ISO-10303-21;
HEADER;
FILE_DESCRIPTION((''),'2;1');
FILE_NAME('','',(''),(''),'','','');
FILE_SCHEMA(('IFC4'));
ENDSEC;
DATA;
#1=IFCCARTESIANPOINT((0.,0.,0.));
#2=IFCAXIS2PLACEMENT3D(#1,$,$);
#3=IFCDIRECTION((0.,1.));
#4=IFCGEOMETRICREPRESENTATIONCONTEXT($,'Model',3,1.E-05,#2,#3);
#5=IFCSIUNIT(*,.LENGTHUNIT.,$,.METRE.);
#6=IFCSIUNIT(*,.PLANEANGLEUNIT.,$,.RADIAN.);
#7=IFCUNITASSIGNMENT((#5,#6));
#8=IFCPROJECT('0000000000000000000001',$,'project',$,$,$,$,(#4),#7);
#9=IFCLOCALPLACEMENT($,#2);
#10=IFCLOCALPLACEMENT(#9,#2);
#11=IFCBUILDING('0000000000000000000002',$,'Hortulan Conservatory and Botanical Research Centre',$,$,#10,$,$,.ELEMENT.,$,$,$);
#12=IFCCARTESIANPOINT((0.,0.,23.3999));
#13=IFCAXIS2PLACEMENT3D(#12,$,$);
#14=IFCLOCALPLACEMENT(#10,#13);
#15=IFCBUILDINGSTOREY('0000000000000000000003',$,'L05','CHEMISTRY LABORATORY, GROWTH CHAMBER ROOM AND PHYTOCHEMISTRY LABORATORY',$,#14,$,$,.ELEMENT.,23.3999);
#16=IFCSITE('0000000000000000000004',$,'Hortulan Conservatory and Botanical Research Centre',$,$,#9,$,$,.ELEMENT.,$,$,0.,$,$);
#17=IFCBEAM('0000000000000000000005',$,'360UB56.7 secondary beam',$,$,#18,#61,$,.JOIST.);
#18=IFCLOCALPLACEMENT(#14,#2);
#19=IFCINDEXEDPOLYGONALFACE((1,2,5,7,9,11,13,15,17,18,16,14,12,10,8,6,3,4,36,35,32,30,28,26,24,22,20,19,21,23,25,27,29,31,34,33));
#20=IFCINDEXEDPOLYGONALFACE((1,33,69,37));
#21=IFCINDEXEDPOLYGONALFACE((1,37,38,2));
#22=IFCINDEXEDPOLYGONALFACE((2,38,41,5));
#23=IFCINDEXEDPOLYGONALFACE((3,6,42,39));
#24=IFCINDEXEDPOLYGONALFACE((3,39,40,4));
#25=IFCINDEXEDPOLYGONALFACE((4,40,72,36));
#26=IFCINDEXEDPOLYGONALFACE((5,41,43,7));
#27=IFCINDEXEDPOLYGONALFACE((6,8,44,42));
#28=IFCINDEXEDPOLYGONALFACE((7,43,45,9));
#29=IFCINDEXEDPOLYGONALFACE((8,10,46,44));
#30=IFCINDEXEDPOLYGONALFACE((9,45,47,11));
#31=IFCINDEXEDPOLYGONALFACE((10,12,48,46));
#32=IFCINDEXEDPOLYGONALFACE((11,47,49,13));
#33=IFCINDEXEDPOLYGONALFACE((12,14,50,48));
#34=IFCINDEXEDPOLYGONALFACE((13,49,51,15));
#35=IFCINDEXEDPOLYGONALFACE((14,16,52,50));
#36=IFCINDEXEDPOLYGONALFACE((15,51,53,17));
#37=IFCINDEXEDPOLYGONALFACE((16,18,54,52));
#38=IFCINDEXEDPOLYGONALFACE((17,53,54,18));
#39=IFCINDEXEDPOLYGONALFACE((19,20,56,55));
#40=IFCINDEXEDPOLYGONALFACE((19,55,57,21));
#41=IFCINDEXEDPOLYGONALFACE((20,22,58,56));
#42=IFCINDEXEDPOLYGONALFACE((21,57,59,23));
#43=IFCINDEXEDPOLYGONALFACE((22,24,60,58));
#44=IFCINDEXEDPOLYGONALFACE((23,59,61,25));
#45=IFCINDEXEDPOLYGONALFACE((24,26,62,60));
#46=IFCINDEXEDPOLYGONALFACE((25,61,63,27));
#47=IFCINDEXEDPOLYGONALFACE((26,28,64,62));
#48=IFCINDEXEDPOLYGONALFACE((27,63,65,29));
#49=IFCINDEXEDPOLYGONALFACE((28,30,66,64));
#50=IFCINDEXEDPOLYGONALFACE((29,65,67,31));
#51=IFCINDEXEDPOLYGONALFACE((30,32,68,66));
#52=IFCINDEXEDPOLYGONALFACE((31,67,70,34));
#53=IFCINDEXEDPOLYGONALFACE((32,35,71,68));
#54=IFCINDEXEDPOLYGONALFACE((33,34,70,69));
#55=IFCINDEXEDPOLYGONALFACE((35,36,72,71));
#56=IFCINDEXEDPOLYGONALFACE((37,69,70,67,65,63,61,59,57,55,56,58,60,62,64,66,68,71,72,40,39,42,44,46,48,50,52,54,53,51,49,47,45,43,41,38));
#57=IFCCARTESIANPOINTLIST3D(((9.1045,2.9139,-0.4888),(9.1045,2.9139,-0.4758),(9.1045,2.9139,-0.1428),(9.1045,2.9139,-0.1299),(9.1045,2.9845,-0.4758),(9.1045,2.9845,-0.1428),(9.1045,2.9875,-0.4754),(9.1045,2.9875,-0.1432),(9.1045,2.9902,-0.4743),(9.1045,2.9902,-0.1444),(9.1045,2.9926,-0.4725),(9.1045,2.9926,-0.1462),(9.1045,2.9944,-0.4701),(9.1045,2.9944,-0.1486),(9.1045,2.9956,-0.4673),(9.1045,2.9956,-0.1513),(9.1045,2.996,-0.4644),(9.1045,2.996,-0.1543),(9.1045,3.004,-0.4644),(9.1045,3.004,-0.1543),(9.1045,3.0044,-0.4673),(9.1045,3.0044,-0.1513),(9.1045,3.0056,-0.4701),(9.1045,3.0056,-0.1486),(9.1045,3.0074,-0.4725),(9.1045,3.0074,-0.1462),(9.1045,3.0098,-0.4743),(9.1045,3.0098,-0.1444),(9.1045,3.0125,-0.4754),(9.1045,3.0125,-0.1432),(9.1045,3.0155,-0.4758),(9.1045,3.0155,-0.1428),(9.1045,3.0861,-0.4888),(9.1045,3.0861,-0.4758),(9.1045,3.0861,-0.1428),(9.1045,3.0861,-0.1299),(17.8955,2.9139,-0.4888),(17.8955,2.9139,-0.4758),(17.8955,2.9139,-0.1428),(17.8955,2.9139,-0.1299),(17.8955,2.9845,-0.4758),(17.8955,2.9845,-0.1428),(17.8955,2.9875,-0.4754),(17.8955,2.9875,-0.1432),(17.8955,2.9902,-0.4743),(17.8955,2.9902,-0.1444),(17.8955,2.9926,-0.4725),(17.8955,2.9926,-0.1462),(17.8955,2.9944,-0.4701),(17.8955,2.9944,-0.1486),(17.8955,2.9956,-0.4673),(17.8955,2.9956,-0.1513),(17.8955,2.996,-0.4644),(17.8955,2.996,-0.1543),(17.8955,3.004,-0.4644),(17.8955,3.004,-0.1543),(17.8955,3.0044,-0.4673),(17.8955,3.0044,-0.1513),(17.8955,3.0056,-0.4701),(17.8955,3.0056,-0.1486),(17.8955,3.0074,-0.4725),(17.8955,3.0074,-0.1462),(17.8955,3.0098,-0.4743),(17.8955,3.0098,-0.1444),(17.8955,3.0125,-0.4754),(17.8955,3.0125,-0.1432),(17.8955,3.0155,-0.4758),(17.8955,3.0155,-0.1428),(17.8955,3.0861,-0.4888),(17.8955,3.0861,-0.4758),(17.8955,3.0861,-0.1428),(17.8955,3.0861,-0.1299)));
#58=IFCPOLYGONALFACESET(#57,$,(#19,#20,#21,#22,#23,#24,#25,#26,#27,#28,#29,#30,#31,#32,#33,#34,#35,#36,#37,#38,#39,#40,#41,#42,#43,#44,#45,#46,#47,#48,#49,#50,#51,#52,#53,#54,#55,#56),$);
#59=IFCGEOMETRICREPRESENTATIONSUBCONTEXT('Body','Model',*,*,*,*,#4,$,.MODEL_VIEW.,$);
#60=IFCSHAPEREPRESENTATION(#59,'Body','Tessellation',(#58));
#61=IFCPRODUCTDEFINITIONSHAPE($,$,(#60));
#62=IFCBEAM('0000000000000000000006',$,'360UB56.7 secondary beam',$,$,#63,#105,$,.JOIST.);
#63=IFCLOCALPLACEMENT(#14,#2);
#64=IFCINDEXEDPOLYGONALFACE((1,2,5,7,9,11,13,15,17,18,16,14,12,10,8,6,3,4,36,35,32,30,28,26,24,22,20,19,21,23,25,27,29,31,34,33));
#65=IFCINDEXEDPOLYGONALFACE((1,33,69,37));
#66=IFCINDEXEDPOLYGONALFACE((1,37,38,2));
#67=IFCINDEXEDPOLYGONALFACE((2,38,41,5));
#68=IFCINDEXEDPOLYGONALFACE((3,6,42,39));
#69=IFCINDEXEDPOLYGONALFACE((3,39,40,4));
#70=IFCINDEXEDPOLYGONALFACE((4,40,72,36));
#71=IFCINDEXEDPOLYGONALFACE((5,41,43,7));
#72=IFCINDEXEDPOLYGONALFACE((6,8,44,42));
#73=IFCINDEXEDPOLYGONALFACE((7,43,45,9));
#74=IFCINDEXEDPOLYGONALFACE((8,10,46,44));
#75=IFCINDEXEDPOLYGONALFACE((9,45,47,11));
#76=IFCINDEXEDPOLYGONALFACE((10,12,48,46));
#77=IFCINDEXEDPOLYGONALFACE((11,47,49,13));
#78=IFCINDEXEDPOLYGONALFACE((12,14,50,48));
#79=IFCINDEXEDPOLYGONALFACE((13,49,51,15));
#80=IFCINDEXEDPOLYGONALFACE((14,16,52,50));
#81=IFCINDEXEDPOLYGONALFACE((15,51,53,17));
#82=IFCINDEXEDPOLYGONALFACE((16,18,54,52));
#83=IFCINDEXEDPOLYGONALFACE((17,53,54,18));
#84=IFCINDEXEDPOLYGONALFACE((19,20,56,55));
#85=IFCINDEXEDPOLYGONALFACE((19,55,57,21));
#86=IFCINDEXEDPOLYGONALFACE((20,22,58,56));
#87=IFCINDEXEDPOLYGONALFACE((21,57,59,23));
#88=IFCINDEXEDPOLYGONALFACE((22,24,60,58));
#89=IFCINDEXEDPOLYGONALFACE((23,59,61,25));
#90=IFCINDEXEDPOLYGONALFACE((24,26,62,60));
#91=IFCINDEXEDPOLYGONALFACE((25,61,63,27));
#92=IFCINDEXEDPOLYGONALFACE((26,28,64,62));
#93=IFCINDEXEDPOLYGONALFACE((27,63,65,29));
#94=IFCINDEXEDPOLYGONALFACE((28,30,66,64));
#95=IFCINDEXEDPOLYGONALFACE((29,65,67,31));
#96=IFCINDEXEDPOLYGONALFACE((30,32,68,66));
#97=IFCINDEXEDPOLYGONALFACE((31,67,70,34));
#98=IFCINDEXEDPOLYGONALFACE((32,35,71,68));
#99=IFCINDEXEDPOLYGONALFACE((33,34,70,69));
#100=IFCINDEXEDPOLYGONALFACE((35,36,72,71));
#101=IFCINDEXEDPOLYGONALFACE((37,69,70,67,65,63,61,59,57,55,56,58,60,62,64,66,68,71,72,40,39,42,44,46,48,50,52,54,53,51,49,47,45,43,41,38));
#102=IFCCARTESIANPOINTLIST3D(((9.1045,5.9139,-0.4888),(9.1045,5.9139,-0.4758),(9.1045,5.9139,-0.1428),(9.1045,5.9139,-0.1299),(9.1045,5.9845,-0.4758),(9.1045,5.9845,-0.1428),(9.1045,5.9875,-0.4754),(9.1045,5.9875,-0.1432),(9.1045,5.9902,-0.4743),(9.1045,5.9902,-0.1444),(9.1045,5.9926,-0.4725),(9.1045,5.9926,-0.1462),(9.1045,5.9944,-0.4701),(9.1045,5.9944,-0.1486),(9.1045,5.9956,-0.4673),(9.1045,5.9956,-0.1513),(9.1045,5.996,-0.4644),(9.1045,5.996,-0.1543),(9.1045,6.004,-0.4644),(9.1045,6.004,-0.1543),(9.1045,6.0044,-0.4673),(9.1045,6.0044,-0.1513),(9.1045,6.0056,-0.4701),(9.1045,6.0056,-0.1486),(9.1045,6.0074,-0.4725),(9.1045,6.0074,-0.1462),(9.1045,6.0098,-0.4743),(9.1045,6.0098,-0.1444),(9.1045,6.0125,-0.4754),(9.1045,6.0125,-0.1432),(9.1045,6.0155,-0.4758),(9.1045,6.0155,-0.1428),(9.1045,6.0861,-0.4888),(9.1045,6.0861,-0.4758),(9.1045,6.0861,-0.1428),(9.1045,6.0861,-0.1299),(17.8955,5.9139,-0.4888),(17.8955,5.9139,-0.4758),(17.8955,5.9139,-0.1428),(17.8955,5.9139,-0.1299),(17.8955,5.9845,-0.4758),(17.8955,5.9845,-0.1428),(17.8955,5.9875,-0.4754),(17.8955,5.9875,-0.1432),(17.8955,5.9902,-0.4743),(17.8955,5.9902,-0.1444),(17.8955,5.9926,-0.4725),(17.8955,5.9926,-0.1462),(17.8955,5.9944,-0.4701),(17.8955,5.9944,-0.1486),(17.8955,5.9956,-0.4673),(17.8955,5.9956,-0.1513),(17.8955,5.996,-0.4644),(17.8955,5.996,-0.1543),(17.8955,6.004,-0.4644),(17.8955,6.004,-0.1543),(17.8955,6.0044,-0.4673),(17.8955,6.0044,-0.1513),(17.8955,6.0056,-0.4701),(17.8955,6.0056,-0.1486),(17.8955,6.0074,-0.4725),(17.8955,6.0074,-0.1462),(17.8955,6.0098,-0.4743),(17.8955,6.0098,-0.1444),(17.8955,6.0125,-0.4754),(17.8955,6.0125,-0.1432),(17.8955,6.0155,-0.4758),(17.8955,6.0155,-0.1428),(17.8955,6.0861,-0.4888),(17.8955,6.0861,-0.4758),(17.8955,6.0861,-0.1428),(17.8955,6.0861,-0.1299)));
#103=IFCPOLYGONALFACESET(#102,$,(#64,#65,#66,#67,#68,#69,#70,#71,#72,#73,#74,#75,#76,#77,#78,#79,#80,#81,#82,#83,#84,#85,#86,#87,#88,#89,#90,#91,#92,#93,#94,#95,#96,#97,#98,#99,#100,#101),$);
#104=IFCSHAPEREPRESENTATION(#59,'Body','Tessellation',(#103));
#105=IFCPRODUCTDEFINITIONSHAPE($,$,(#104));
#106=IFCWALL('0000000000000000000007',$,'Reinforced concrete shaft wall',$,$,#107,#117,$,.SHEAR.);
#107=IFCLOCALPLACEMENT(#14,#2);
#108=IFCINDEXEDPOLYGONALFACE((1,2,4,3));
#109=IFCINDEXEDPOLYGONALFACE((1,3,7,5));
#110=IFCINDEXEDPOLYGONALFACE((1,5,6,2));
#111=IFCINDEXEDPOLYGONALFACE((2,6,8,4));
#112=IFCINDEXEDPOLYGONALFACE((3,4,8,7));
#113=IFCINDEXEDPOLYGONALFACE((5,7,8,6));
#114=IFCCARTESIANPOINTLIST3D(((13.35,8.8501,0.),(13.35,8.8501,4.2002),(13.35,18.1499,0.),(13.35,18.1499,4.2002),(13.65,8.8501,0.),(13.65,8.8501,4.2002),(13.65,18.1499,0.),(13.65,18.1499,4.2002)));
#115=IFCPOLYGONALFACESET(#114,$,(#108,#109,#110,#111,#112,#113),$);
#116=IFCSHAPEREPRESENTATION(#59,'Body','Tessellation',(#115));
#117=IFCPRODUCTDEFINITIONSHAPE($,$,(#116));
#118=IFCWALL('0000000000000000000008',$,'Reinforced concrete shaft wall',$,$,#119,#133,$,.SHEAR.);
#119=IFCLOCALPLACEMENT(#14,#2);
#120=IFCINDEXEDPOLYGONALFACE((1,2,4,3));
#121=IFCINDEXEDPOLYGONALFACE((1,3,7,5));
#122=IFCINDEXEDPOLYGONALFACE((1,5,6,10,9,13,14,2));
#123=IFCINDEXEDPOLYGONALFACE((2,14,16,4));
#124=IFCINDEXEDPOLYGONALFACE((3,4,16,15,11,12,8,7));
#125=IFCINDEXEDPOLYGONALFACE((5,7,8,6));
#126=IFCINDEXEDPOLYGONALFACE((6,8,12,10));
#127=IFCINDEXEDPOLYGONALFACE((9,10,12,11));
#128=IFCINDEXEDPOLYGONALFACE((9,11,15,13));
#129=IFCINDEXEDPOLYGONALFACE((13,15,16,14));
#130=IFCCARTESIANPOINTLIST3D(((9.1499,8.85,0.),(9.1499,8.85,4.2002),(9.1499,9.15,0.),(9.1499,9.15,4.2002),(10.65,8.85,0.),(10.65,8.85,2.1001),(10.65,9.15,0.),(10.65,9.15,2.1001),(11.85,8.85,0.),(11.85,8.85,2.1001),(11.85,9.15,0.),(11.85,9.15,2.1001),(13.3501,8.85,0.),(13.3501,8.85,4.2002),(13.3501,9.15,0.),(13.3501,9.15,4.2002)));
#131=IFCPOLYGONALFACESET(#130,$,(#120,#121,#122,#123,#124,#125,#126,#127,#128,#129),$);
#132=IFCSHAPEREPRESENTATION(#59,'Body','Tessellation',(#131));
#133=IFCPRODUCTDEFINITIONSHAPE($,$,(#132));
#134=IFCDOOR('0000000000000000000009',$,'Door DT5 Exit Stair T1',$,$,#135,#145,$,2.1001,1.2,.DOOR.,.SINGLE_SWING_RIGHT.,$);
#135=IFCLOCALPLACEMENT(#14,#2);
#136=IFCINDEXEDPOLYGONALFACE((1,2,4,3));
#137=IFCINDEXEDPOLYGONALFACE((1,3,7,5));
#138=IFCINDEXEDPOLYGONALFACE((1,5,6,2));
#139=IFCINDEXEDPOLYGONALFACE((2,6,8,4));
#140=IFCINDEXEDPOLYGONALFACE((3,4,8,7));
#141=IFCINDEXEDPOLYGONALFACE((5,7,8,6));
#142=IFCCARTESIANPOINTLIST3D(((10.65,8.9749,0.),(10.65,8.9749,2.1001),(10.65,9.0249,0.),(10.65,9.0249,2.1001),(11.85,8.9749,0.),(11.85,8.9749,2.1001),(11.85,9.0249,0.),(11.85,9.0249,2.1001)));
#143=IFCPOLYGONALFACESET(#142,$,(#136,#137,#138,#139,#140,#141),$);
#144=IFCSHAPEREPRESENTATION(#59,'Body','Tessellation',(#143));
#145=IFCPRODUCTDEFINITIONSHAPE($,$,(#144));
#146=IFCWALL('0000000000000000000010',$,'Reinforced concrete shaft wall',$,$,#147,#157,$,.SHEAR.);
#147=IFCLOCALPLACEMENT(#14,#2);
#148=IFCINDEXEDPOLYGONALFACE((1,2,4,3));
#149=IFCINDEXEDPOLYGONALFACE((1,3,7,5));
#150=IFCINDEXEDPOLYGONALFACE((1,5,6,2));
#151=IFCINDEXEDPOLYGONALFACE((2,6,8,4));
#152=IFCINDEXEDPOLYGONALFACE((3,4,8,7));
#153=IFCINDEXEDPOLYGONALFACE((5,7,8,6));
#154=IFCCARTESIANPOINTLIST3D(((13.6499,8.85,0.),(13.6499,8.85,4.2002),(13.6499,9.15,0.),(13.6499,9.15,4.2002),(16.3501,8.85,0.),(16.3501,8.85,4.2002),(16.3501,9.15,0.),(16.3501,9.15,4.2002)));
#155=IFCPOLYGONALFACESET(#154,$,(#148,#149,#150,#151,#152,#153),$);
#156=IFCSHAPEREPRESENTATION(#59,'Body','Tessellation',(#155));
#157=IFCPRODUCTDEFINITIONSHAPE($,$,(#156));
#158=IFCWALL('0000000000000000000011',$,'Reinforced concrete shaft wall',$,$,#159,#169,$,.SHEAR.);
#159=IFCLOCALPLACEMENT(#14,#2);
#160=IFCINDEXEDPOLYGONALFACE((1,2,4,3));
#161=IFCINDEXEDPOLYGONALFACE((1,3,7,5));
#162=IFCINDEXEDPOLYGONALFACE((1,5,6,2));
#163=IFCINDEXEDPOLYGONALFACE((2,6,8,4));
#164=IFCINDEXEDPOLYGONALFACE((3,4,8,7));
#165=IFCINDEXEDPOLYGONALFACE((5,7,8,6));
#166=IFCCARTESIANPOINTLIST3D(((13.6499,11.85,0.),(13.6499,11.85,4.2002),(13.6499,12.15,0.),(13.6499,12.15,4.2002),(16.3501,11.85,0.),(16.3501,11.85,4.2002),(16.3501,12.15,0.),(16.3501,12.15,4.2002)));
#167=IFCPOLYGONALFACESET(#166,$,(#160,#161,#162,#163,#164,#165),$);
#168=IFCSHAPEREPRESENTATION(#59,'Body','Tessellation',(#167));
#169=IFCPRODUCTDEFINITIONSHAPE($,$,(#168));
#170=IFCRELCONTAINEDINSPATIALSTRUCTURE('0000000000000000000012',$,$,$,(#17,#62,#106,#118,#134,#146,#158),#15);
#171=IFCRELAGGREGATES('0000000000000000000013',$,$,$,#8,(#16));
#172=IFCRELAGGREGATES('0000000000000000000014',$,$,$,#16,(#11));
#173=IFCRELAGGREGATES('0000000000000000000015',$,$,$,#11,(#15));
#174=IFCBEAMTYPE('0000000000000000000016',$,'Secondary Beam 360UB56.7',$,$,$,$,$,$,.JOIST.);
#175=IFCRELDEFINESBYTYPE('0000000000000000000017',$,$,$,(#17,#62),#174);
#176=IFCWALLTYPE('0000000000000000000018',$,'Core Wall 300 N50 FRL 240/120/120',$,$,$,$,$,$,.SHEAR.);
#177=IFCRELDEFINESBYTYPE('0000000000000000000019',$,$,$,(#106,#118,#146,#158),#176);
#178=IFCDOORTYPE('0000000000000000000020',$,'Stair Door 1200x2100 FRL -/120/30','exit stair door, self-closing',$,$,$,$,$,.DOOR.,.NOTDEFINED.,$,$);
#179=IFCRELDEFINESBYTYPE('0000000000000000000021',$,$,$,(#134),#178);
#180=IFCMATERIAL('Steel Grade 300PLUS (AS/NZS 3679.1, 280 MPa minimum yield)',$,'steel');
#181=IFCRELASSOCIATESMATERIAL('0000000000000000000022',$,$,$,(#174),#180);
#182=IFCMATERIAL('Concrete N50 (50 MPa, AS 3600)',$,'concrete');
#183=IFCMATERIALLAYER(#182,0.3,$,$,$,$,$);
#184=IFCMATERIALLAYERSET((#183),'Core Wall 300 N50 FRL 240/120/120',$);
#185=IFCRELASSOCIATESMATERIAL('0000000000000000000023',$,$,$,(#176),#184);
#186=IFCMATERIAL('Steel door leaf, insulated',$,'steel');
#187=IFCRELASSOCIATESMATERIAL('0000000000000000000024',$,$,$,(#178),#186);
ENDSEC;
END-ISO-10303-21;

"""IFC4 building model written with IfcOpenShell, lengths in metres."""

from ifc_helpers import new_model, si_unit, direction, frame, frame_2d, origin, origin_2d, place, context, subcontext, project, spatial, rectangle, i_section, extrude, material, layer, layer_set, material_profile, profile_set, type_object, element, fill, save


model = new_model("IFC4")

# Units and contexts
model_context = context("Model", 3, precision=1e-05, world=origin(), true_north=direction((0.0, 1.0)))
body_context = subcontext(model_context, "Body", "Model", "MODEL_VIEW")
ifc_project = project(units=[si_unit("LENGTHUNIT", "METRE"), si_unit("PLANEANGLEUNIT", "RADIAN")], contexts=[model_context])

# Site, building, storey
site_placement = place(None, origin())
site = spatial("IfcSite", under=ifc_project, at=site_placement, Name="Hortulan Conservatory and Botanical Research Centre", CompositionType="ELEMENT", RefElevation=0.0)
building_placement = place(site_placement, origin())
building = spatial("IfcBuilding", under=site, at=building_placement, Name="Hortulan Conservatory and Botanical Research Centre", CompositionType="ELEMENT")
storey_placement = place(building_placement, frame((0.0, 0.0, 23.3999)))
storey = spatial("IfcBuildingStorey", under=building, at=storey_placement, Name="L05", Description="CHEMISTRY LABORATORY, GROWTH CHAMBER ROOM AND PHYTOCHEMISTRY LABORATORY", CompositionType="ELEMENT", Elevation=23.3999)

# Beams
ifc_material_1 = material(Name="Steel Grade 300PLUS (AS/NZS 3679.1, 280 MPa minimum yield)", Category="steel")
ifc_material_profile = material_profile(ifc_material_1, i_section(OverallWidth=0.1721, OverallDepth=0.3589, WebThickness=0.0081, FlangeThickness=0.0129, FilletRadius=0.0115, at=origin_2d()), Name="360UB56.7")
ifc_profile_set = profile_set([ifc_material_profile], Name="Steel Grade 300PLUS (AS/NZS 3679.1, 280 MPa minimum yield)")
beam_type = type_object("IfcBeamType", Name="Secondary Beam 360UB56.7", PredefinedType="JOIST", material=ifc_profile_set)
for number, where, z_axis, x_axis, name in (
    (1, (9.1045, 3.0, -0.3093), (1.0, 0.0, 0.0), (0.0, 1.0, 0.0), "360UB56.7 secondary beam"),
    (2, (9.1045, 6.0, -0.3093), (1.0, 0.0, 0.0), (0.0, 1.0, 0.0), "360UB56.7 secondary beam"),
):
    element("IfcBeam", number, at=place(storey_placement, frame(where, z_axis=z_axis, x_axis=x_axis)), inside=storey, type_object=beam_type, Name=name, PredefinedType="JOIST", context=body_context, shape_type="SweptSolid", body=[
        extrude(i_section(OverallWidth=0.1721, OverallDepth=0.3589, WebThickness=0.0081, FlangeThickness=0.0129, FilletRadius=0.0115, at=origin_2d()), origin(), (0.0, 0.0, 1.0), 8.791),
    ])

# Wall
ifc_material_2 = material(Name="Concrete N50 (50 MPa, AS 3600)", Category="concrete")
ifc_layer_1 = layer(ifc_material_2, 0.3)
ifc_layer_set_1 = layer_set([ifc_layer_1], Name="Core Wall 300 N50 FRL 240/120/120")
wall_type = type_object("IfcWallType", Name="Core Wall 300 N50 FRL 240/120/120", PredefinedType="SHEAR", material=ifc_layer_set_1)
wall_1_placement = place(storey_placement, frame((13.5, 8.8501, 0.0), z_axis=(0.0, 0.0, 1.0), x_axis=(0.0, 1.0, 0.0)))
element("IfcWall", 3, at=wall_1_placement, inside=storey, type_object=wall_type, Name="Reinforced concrete shaft wall", PredefinedType="SHEAR", context=body_context, shape_type="SweptSolid", body=[
    extrude(rectangle(XDim=9.2998, YDim=0.3, at=frame_2d((4.6499, 0.0))), origin(), (0.0, 0.0, 1.0), 4.2002),
])

# Wall, opening, door
wall_2_placement = place(storey_placement, frame((9.1499, 9.0, 0.0), z_axis=(0.0, 0.0, 1.0), x_axis=(1.0, 0.0, 0.0)))
wall_2 = element("IfcWall", 4, at=wall_2_placement, inside=storey, type_object=wall_type, Name="Reinforced concrete shaft wall", PredefinedType="SHEAR", context=body_context, shape_type="SweptSolid", body=[
    extrude(rectangle(XDim=4.2002, YDim=0.3, at=frame_2d((2.1001, 0.0))), origin(), (0.0, 0.0, 1.0), 4.2002),
])
opening_placement = place(wall_2_placement, frame((1.5, 0.0, 0.0)))
opening = element("IfcOpeningElement", 5, at=opening_placement, cuts=wall_2, PredefinedType="OPENING", context=body_context, shape_type="SweptSolid", body=[
    extrude(rectangle(XDim=1.2, YDim=2.1001, at=frame_2d((0.6001, 1.05))), frame((0.0, 0.1599, 0.0), z_axis=(0.0, -1.0, 0.0), x_axis=(1.0, 0.0, 0.0)), (0.0, 0.0, 1.0), 0.3201),
])
ifc_material_3 = material(Name="Steel door leaf, insulated", Category="steel")
door_type = type_object("IfcDoorType", Name="Stair Door 1200x2100 FRL -/120/30", Description="exit stair door, self-closing", OperationType="NOTDEFINED", PredefinedType="DOOR", material=ifc_material_3)
door_placement = place(opening_placement, origin())
door = element("IfcDoor", 6, at=door_placement, inside=storey, type_object=door_type, Name="Door DT5 Exit Stair T1", OperationType="SINGLE_SWING_RIGHT", OverallHeight=2.1001, OverallWidth=1.2, PredefinedType="DOOR", context=body_context, shape_type="SweptSolid", body=[
    extrude(rectangle(XDim=1.2, YDim=2.1001, at=frame_2d((0.6001, 1.05))), frame((0.0, 0.0249, 0.0), z_axis=(0.0, -1.0, 0.0), x_axis=(1.0, 0.0, 0.0)), (0.0, 0.0, 1.0), 0.05),
])
fill(opening, door)

# Walls
for number, where, z_axis, x_axis, name in (
    (7, (13.6499, 9.0, 0.0), (0.0, 0.0, 1.0), (1.0, 0.0, 0.0), "Reinforced concrete shaft wall"),
    (8, (13.6499, 12.0, 0.0), (0.0, 0.0, 1.0), (1.0, 0.0, 0.0), "Reinforced concrete shaft wall"),
):
    element("IfcWall", number, at=place(storey_placement, frame(where, z_axis=z_axis, x_axis=x_axis)), inside=storey, type_object=wall_type, Name=name, PredefinedType="SHEAR", context=body_context, shape_type="SweptSolid", body=[
        extrude(rectangle(XDim=2.7002, YDim=0.3, at=frame_2d((1.3501, 0.0))), origin(), (0.0, 0.0, 1.0), 4.2002),
    ])

save(model, "model.ifc")
